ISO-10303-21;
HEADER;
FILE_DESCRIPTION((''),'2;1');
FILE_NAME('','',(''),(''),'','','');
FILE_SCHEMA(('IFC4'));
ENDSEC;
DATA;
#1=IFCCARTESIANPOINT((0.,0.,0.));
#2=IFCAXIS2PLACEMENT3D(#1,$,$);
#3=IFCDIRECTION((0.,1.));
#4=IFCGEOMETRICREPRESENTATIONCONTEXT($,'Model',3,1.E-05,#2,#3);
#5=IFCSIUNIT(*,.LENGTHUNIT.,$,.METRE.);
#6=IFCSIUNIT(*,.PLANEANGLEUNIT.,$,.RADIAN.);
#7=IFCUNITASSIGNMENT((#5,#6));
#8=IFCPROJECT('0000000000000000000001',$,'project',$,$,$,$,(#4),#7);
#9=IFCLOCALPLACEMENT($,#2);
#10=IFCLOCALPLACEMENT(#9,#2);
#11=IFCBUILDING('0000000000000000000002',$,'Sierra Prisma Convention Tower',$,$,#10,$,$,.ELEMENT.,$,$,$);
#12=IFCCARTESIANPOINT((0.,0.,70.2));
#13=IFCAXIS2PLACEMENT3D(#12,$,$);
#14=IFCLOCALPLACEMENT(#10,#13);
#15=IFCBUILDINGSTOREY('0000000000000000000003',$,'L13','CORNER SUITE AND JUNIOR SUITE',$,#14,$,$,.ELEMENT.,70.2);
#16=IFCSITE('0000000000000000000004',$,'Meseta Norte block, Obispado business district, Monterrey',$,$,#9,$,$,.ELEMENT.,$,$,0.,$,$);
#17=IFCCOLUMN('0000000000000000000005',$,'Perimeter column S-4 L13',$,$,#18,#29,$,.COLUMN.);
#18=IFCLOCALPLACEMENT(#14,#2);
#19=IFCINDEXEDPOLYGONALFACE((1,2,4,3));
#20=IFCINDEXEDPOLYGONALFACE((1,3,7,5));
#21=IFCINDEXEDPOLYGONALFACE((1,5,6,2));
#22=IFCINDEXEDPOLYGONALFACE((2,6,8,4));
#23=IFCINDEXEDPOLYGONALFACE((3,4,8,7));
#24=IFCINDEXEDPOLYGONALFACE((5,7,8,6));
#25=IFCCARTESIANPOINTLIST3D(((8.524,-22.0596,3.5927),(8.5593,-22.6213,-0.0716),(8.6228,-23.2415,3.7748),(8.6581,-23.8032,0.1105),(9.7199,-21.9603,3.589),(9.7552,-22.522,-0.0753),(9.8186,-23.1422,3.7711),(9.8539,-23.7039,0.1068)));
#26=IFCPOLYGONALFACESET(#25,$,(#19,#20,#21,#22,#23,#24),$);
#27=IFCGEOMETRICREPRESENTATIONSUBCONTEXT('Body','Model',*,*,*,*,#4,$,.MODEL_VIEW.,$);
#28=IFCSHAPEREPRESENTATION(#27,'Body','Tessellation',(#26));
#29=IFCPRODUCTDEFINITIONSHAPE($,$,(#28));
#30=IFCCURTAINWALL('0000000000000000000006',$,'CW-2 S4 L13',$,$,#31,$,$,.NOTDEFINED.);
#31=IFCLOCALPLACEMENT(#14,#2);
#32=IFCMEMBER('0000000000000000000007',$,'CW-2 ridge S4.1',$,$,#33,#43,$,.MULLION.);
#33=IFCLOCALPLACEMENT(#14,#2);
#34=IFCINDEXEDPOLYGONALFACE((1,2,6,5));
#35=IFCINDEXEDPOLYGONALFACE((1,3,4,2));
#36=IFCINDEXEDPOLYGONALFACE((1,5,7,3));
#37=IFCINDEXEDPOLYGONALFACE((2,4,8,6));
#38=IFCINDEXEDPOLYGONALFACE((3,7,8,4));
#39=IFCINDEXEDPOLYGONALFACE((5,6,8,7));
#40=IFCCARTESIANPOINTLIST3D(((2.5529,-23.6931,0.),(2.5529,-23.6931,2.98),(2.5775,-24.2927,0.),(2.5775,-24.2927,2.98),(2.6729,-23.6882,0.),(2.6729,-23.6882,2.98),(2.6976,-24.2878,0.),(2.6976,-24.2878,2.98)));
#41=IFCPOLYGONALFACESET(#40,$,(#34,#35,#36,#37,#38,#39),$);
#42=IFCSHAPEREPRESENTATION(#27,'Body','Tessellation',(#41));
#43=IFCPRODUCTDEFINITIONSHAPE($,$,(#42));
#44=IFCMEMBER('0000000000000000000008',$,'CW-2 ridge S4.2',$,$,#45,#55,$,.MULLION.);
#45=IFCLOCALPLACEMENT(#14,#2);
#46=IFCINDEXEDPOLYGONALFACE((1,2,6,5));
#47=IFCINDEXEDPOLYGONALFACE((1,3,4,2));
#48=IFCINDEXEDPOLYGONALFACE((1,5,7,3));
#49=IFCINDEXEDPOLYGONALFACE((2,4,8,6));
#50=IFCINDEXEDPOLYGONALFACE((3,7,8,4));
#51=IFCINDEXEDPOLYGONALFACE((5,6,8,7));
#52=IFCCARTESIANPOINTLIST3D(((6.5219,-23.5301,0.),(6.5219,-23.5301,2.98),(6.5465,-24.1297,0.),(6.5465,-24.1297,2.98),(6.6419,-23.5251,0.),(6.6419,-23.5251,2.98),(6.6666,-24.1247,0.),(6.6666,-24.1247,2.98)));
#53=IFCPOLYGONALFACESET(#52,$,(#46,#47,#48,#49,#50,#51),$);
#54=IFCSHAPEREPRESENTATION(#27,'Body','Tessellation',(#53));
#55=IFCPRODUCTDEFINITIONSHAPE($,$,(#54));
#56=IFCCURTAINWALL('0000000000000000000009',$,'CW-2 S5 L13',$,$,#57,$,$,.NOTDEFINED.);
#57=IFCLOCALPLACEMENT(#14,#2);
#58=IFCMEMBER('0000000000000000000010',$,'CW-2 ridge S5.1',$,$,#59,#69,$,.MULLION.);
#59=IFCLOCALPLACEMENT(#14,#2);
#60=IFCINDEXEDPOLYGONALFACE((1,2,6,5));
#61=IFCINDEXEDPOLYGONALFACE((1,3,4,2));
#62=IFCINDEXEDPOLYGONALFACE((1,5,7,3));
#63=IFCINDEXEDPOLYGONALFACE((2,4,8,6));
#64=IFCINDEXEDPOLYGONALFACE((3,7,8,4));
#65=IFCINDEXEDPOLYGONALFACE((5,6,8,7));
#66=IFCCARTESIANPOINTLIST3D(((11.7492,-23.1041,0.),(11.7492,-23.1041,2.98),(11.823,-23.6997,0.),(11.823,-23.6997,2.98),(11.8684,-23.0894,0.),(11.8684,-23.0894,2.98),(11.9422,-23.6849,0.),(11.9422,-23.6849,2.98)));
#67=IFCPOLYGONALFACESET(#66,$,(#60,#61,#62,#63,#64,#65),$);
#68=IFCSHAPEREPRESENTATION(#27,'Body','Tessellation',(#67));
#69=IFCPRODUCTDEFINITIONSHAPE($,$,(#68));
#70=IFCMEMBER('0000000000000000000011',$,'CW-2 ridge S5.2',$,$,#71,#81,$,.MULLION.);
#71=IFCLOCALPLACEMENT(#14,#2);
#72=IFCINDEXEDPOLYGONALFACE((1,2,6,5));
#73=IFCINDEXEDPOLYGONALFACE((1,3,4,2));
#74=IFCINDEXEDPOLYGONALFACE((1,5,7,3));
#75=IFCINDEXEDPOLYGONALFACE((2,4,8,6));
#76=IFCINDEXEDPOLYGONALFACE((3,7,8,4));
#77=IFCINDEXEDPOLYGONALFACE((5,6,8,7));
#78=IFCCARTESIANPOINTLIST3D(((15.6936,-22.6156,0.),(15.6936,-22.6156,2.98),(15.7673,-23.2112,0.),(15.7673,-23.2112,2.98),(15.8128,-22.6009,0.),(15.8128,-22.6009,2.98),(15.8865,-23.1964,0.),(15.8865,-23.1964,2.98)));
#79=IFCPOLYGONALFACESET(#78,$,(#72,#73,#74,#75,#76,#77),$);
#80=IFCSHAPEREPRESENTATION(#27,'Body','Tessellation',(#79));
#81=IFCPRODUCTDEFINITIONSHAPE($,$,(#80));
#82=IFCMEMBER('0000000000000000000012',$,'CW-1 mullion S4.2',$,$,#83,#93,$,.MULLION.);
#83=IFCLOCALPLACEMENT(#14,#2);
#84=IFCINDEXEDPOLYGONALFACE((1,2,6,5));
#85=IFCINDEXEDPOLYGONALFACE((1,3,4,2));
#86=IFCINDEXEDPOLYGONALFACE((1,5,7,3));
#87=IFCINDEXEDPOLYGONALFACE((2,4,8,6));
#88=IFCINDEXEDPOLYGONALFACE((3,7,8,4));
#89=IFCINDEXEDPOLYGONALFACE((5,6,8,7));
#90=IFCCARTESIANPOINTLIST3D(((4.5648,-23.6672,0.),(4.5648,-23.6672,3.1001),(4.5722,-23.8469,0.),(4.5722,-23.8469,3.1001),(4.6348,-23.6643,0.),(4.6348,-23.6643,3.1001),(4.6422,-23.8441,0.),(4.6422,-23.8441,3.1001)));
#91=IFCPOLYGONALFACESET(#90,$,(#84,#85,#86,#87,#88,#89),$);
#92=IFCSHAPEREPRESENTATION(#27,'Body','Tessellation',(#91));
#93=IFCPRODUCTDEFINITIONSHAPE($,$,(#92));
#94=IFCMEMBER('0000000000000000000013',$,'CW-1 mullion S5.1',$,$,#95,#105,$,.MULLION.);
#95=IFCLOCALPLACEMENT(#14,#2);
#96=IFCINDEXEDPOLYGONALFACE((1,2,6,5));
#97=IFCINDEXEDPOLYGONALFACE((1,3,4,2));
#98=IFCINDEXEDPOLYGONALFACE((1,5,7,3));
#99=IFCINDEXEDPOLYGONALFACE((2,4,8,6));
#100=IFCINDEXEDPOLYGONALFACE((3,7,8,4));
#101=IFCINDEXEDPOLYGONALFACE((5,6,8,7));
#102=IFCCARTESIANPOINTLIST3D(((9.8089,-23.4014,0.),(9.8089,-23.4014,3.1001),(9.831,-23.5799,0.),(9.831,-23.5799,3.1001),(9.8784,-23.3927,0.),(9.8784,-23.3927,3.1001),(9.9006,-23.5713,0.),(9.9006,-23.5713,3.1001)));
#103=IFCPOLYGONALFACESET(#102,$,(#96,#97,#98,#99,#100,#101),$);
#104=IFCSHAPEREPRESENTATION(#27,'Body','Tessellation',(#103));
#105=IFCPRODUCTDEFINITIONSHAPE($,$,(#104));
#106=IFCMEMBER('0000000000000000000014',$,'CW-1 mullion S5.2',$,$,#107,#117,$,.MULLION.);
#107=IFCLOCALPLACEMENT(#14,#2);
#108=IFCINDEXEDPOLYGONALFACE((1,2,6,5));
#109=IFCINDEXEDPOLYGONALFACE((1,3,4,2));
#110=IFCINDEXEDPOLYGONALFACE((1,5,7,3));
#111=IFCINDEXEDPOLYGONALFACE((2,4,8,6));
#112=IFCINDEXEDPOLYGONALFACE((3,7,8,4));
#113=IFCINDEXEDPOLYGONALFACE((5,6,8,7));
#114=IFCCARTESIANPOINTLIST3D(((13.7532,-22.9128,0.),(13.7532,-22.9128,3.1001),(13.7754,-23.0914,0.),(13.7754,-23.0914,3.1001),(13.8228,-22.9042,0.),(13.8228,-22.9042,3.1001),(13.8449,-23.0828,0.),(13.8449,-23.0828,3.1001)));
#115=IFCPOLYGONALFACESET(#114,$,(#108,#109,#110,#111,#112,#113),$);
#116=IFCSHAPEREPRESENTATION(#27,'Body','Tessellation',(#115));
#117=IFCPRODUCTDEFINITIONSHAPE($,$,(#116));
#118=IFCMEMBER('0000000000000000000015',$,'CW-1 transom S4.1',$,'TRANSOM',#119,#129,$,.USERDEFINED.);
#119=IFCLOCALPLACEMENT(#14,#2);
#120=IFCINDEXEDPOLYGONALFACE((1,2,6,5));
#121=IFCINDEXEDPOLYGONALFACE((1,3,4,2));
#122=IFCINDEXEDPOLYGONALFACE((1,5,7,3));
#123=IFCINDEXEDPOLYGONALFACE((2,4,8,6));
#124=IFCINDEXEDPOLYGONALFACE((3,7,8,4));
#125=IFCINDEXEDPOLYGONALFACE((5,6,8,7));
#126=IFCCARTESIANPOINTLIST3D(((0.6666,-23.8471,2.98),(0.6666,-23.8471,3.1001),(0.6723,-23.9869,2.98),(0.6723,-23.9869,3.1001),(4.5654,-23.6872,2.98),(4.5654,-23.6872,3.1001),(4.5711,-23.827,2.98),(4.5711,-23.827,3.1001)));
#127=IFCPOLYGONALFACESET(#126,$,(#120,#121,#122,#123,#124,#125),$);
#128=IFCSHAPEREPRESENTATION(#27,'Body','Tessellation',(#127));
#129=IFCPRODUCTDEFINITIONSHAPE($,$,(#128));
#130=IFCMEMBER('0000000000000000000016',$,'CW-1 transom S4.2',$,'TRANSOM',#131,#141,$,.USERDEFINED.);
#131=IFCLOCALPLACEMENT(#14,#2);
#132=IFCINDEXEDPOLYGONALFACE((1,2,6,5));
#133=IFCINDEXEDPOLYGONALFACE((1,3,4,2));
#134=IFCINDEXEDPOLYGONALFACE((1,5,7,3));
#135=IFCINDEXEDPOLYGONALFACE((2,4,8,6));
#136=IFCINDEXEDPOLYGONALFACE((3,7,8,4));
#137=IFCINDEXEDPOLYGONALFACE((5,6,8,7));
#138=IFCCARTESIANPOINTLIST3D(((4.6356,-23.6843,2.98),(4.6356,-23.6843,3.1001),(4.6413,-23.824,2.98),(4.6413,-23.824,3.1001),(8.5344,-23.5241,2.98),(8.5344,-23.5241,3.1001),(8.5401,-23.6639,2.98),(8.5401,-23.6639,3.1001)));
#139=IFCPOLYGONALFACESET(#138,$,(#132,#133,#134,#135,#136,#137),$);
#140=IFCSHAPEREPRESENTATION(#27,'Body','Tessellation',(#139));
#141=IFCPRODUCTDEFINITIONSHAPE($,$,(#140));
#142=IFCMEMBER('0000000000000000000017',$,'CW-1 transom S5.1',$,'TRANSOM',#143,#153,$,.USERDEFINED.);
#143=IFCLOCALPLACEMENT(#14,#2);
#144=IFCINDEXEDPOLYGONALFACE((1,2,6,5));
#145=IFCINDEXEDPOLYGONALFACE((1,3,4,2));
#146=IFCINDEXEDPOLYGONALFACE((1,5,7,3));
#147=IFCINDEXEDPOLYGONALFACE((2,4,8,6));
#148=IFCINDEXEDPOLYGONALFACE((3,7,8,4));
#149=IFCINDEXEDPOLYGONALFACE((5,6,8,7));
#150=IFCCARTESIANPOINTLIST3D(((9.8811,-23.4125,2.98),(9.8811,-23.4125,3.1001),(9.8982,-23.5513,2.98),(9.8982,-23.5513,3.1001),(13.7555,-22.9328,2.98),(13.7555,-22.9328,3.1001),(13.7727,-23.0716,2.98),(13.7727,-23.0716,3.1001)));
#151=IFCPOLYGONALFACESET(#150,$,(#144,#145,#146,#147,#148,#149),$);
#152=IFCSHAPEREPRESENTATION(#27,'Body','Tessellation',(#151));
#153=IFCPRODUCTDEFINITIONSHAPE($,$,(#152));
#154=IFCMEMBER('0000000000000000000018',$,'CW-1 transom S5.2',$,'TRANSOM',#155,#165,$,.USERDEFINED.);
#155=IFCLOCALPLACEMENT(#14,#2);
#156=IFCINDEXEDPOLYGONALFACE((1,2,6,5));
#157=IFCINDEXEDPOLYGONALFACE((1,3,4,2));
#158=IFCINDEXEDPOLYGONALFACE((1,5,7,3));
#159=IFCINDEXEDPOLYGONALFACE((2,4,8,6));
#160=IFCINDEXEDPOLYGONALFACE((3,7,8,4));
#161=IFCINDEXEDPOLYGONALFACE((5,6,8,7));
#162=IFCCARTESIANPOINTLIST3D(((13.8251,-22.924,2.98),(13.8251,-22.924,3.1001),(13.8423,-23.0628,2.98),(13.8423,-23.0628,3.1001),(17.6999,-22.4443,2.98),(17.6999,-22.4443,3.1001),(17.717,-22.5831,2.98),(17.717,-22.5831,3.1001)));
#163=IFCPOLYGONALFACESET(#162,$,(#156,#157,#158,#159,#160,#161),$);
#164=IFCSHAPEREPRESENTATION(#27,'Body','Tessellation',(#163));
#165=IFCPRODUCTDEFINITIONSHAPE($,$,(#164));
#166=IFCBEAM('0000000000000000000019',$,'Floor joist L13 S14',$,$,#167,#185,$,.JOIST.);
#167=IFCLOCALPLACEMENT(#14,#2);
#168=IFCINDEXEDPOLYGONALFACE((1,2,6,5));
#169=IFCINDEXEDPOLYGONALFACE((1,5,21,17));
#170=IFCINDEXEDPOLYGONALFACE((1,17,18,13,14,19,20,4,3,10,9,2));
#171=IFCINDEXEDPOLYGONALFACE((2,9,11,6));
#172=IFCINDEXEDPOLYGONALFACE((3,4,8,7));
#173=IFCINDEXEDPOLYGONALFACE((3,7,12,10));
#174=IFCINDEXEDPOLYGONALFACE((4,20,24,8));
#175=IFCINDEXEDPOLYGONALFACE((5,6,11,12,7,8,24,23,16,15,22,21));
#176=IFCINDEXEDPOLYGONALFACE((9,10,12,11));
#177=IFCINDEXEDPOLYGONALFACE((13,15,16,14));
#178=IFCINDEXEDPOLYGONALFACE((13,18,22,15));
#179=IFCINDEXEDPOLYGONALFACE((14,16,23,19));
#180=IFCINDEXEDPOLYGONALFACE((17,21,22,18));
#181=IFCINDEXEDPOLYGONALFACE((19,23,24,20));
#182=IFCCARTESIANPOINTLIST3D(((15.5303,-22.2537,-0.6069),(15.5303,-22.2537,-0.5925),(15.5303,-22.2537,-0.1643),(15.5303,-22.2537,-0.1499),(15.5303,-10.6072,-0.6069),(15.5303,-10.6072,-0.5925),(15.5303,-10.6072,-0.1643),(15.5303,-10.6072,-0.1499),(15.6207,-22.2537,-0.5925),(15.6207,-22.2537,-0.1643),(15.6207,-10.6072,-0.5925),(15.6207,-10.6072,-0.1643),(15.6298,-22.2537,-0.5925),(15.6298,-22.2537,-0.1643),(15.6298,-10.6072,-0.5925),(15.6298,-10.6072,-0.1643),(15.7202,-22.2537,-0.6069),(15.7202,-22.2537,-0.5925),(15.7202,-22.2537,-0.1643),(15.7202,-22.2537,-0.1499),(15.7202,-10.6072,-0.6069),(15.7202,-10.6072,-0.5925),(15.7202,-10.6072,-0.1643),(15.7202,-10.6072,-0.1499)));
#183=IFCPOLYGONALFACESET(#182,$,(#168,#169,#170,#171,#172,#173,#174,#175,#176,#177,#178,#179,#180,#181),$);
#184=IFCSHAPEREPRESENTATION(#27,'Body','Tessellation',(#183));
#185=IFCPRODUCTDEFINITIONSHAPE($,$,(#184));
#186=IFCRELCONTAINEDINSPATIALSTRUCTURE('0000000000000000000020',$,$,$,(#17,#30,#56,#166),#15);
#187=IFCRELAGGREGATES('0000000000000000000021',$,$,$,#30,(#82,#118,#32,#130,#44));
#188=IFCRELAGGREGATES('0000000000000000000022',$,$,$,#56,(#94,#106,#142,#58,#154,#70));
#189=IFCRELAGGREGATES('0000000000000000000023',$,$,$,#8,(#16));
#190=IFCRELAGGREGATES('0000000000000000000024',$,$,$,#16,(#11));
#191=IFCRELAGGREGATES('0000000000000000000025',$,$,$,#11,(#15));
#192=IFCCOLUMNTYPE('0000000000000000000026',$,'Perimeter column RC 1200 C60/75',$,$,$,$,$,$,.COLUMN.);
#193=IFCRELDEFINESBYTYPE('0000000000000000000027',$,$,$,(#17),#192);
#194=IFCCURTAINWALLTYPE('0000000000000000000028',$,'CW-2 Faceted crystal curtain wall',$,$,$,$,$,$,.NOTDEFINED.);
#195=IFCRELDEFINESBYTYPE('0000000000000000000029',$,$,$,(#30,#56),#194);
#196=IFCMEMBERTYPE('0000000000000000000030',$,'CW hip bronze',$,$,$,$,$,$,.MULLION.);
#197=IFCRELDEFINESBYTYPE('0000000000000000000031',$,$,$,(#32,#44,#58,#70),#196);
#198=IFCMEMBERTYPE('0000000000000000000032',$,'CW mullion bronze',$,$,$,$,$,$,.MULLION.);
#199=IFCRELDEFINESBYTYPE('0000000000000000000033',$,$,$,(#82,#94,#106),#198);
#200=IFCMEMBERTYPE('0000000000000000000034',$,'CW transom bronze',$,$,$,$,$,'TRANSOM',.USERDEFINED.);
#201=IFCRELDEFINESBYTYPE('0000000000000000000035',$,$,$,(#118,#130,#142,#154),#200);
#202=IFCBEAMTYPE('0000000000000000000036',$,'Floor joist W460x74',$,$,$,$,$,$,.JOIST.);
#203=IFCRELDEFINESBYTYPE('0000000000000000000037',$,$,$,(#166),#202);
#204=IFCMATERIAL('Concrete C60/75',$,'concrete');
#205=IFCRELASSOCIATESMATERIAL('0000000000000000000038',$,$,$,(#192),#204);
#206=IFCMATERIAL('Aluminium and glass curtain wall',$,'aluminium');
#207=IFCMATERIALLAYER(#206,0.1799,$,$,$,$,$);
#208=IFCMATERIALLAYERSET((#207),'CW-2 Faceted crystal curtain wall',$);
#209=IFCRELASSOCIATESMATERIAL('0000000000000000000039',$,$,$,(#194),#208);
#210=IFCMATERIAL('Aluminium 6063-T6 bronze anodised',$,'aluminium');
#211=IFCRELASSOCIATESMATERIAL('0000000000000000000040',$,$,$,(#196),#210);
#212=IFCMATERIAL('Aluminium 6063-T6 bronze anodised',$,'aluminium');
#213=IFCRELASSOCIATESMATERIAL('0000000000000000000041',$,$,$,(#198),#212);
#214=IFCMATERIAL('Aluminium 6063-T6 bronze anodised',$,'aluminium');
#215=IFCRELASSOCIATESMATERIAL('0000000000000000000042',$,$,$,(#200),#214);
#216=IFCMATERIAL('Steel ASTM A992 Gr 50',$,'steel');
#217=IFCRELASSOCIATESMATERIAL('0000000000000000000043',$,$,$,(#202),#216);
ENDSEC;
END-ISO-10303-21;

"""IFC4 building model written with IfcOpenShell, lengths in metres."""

from ifc_helpers import new_model, si_unit, direction, frame, origin, origin_2d, place, context, subcontext, project, spatial, rectangle, i_section, extrude, clip, halfspace, material, layer, layer_set, material_profile, profile_set, type_object, element, aggregate, save


model = new_model("IFC4")

# Units and contexts
model_context = context("Model", 3, precision=1e-05, world=origin(), true_north=direction((0.0, 1.0)))
body_context = subcontext(model_context, "Body", "Model", "MODEL_VIEW")
ifc_project = project(units=[si_unit("LENGTHUNIT", "METRE"), si_unit("PLANEANGLEUNIT", "RADIAN")], contexts=[model_context])

# Site, building, storey
site_placement = place(None, origin())
site = spatial("IfcSite", under=ifc_project, at=site_placement, Name="Meseta Norte block, Obispado business district, Monterrey", CompositionType="ELEMENT", RefElevation=0.0)
building_placement = place(site_placement, origin())
building = spatial("IfcBuilding", under=site, at=building_placement, Name="Sierra Prisma Convention Tower", CompositionType="ELEMENT")
storey_placement = place(building_placement, frame((0.0, 0.0, 70.2)))
storey = spatial("IfcBuildingStorey", under=building, at=storey_placement, Name="L13", Description="CORNER SUITE AND JUNIOR SUITE", CompositionType="ELEMENT", Elevation=70.2)

# Column
ifc_material_1 = material(Name="Concrete C60/75", Category="concrete")
ifc_material_profile_1 = material_profile(ifc_material_1, rectangle(XDim=1.2, YDim=1.2, at=origin_2d()), Name="Perimeter column RC 1200 C60/75")
ifc_profile_set_1 = profile_set([ifc_material_profile_1], Name="Concrete C60/75")
column_type = type_object("IfcColumnType", Name="Perimeter column RC 1200 C60/75", PredefinedType="COLUMN", material=ifc_profile_set_1)
column_1_placement = place(storey_placement, frame((9.2068, -23.1653, 0.0), z_axis=(-0.009522, 0.151506, 0.98841), x_axis=(0.996564, 0.082766, -0.003086)))
element("IfcColumn", 1, at=column_1_placement, inside=storey, type_object=column_type, Name="Perimeter column S-4 L13", PredefinedType="COLUMN", context=body_context, shape_type="SweptSolid", body=[
    clip(clip(extrude(rectangle(XDim=1.2, YDim=1.2, at=origin_2d()), origin(), (0.0, 0.0, 1.0), 3.7434), halfspace(frame((0.0, 0.0, 0.0178)), True)), halfspace(frame((0.0, 0.0, 3.7251)), False)),
])

# Curtain walls, members
ifc_material_2 = material(Name="Aluminium and glass curtain wall", Category="aluminium")
ifc_layer_1 = layer(ifc_material_2, 0.1799)
ifc_layer_set_1 = layer_set([ifc_layer_1], Name="CW-2 Faceted crystal curtain wall")
curtain_wall_type = type_object("IfcCurtainWallType", Name="CW-2 Faceted crystal curtain wall", PredefinedType="NOTDEFINED", material=ifc_layer_set_1)
curtain_wall_1_placement = place(storey_placement, origin())
curtain_wall_1 = element("IfcCurtainWall", 2, at=curtain_wall_1_placement, inside=storey, type_object=curtain_wall_type, Name="CW-2 S4 L13", PredefinedType="NOTDEFINED")
ifc_material_3 = material(Name="Aluminium 6063-T6 bronze anodised", Category="aluminium")
ifc_material_profile_2 = material_profile(ifc_material_3, rectangle(XDim=0.1201, YDim=0.6001, at=origin_2d()), Name="ALU RIDGE BLADE 120x600")
ifc_profile_set_2 = profile_set([ifc_material_profile_2], Name="Aluminium 6063-T6 bronze anodised")
member_type_1 = type_object("IfcMemberType", Name="CW hip bronze", PredefinedType="MULLION", material=ifc_profile_set_2)
member_1_placement = place(storey_placement, frame((2.6252, -23.9905, 0.0), z_axis=(0.0, 0.0, 1.0), x_axis=(0.999158, 0.041027, 0.0)))
member_1 = element("IfcMember", 3, at=member_1_placement, type_object=member_type_1, Name="CW-2 ridge S4.1", PredefinedType="MULLION", context=body_context, shape_type="SweptSolid", body=[
    extrude(rectangle(XDim=0.1201, YDim=0.6001, at=origin_2d()), origin(), (0.0, 0.0, 1.0), 2.98),
])
member_2_placement = place(storey_placement, frame((6.5942, -23.8274, 0.0), z_axis=(0.0, 0.0, 1.0), x_axis=(0.999158, 0.041027, 0.0)))
member_2 = element("IfcMember", 4, at=member_2_placement, type_object=member_type_1, Name="CW-2 ridge S4.2", PredefinedType="MULLION", context=body_context, shape_type="SweptSolid", body=[
    extrude(rectangle(XDim=0.1201, YDim=0.6001, at=origin_2d()), origin(), (0.0, 0.0, 1.0), 2.98),
])
curtain_wall_2_placement = place(storey_placement, origin())
curtain_wall_2 = element("IfcCurtainWall", 5, at=curtain_wall_2_placement, inside=storey, type_object=curtain_wall_type, Name="CW-2 S5 L13", PredefinedType="NOTDEFINED")
member_3_placement = place(storey_placement, frame((11.8457, -23.3945, 0.0), z_axis=(0.0, 0.0, 1.0), x_axis=(0.992419, 0.122903, 0.0)))
member_3 = element("IfcMember", 6, at=member_3_placement, type_object=member_type_1, Name="CW-2 ridge S5.1", PredefinedType="MULLION", context=body_context, shape_type="SweptSolid", body=[
    extrude(rectangle(XDim=0.1201, YDim=0.6001, at=origin_2d()), origin(), (0.0, 0.0, 1.0), 2.98),
])
member_4_placement = place(storey_placement, frame((15.79, -22.906, 0.0), z_axis=(0.0, 0.0, 1.0), x_axis=(0.992419, 0.122903, 0.0)))
member_4 = element("IfcMember", 7, at=member_4_placement, type_object=member_type_1, Name="CW-2 ridge S5.2", PredefinedType="MULLION", context=body_context, shape_type="SweptSolid", body=[
    extrude(rectangle(XDim=0.1201, YDim=0.6001, at=origin_2d()), origin(), (0.0, 0.0, 1.0), 2.98),
])

# Members
ifc_material_4 = material(Name="Aluminium 6063-T6 bronze anodised", Category="aluminium")
ifc_material_profile_3 = material_profile(ifc_material_4, rectangle(XDim=0.1799, YDim=0.0701, at=origin_2d()), Name="ALU MULLION 70x180")
ifc_profile_set_3 = profile_set([ifc_material_profile_3], Name="Aluminium 6063-T6 bronze anodised")
member_type_2 = type_object("IfcMemberType", Name="CW mullion bronze", PredefinedType="MULLION", material=ifc_profile_set_3)
member_5_placement = place(storey_placement, frame((4.6035, -23.7556, 0.0), z_axis=(0.0, 0.0, 1.0), x_axis=(-0.041027, 0.999158, 0.0)))
member_5 = element("IfcMember", 8, at=member_5_placement, type_object=member_type_2, Name="CW-1 mullion S4.2", PredefinedType="MULLION", context=body_context, shape_type="SweptSolid", body=[
    extrude(rectangle(XDim=0.1799, YDim=0.0701, at=origin_2d()), origin(), (0.0, 0.0, 1.0), 3.1001),
])
member_6_placement = place(storey_placement, frame((9.8547, -23.4863, 0.0), z_axis=(0.0, 0.0, 1.0), x_axis=(-0.122903, 0.992419, 0.0)))
member_6 = element("IfcMember", 9, at=member_6_placement, type_object=member_type_2, Name="CW-1 mullion S5.1", PredefinedType="MULLION", context=body_context, shape_type="SweptSolid", body=[
    extrude(rectangle(XDim=0.1799, YDim=0.0701, at=origin_2d()), origin(), (0.0, 0.0, 1.0), 3.1001),
])
member_7_placement = place(storey_placement, frame((13.7991, -22.9978, 0.0), z_axis=(0.0, 0.0, 1.0), x_axis=(-0.122903, 0.992419, 0.0)))
member_7 = element("IfcMember", 10, at=member_7_placement, type_object=member_type_2, Name="CW-1 mullion S5.2", PredefinedType="MULLION", context=body_context, shape_type="SweptSolid", body=[
    extrude(rectangle(XDim=0.1799, YDim=0.0701, at=origin_2d()), origin(), (0.0, 0.0, 1.0), 3.1001),
])
ifc_material_5 = material(Name="Aluminium 6063-T6 bronze anodised", Category="aluminium")
ifc_material_profile_4 = material_profile(ifc_material_5, rectangle(XDim=0.1399, YDim=0.1201, at=origin_2d()), Name="ALU TRANSOM 120x140")
ifc_profile_set_4 = profile_set([ifc_material_profile_4], Name="Aluminium 6063-T6 bronze anodised")
member_type_3 = type_object("IfcMemberType", Name="CW transom bronze", ElementType="TRANSOM", PredefinedType="USERDEFINED", material=ifc_profile_set_4)
member_8_placement = place(storey_placement, frame((0.6694, -23.917, 3.04), z_axis=(0.99916, 0.04098, 0.0), x_axis=(-0.04098, 0.99916, 0.0)))
member_8 = element("IfcMember", 11, at=member_8_placement, type_object=member_type_3, Name="CW-1 transom S4.1", ObjectType="TRANSOM", PredefinedType="USERDEFINED", context=body_context, shape_type="SweptSolid", body=[
    extrude(rectangle(XDim=0.1399, YDim=0.1201, at=origin_2d()), origin(), (0.0, 0.0, 1.0), 3.9021),
])
member_9_placement = place(storey_placement, frame((4.6384, -23.7542, 3.04), z_axis=(0.999157, 0.041042, 0.0), x_axis=(-0.041042, 0.999157, 0.0)))
member_9 = element("IfcMember", 12, at=member_9_placement, type_object=member_type_3, Name="CW-1 transom S4.2", ObjectType="TRANSOM", PredefinedType="USERDEFINED", context=body_context, shape_type="SweptSolid", body=[
    extrude(rectangle(XDim=0.1399, YDim=0.1201, at=origin_2d()), origin(), (0.0, 0.0, 1.0), 3.9021),
])
member_10_placement = place(storey_placement, frame((9.8896, -23.4819, 3.04), z_axis=(0.992422, 0.12288, 0.0), x_axis=(-0.12288, 0.992422, 0.0)))
member_10 = element("IfcMember", 13, at=member_10_placement, type_object=member_type_3, Name="CW-1 transom S5.1", ObjectType="TRANSOM", PredefinedType="USERDEFINED", context=body_context, shape_type="SweptSolid", body=[
    extrude(rectangle(XDim=0.1399, YDim=0.1201, at=origin_2d()), origin(), (0.0, 0.0, 1.0), 3.9041),
])
member_11_placement = place(storey_placement, frame((13.8337, -22.9934, 3.04), z_axis=(0.992422, 0.122873, 0.0), x_axis=(-0.122873, 0.992422, 0.0)))
member_11 = element("IfcMember", 14, at=member_11_placement, type_object=member_type_3, Name="CW-1 transom S5.2", ObjectType="TRANSOM", PredefinedType="USERDEFINED", context=body_context, shape_type="SweptSolid", body=[
    extrude(rectangle(XDim=0.1399, YDim=0.1201, at=origin_2d()), origin(), (0.0, 0.0, 1.0), 3.9043),
])

# Beam
ifc_material_6 = material(Name="Steel ASTM A992 Gr 50", Category="steel")
ifc_material_profile_5 = material_profile(ifc_material_6, i_section(OverallWidth=0.1899, OverallDepth=0.457, WebThickness=0.009, FlangeThickness=0.0144, at=origin_2d()), Name="W460x74")
ifc_profile_set_5 = profile_set([ifc_material_profile_5], Name="Steel ASTM A992 Gr 50")
beam_type_1 = type_object("IfcBeamType", Name="Floor joist W460x74", PredefinedType="JOIST", material=ifc_profile_set_5)
beam_1_placement = place(storey_placement, frame((15.6252, -22.2537, -0.3784), z_axis=(0.0, 1.0, 0.0), x_axis=(-1.0, 0.0, 0.0)))
element("IfcBeam", 15, at=beam_1_placement, inside=storey, type_object=beam_type_1, Name="Floor joist L13 S14", PredefinedType="JOIST", context=body_context, shape_type="SweptSolid", body=[
    extrude(i_section(OverallWidth=0.1899, OverallDepth=0.457, WebThickness=0.009, FlangeThickness=0.0144, at=origin_2d()), origin(), (0.0, 0.0, 1.0), 11.6465),
])

aggregate(curtain_wall_1, [member_5, member_8, member_1, member_9, member_2])
aggregate(curtain_wall_2, [member_6, member_7, member_10, member_3, member_11, member_4])

save(model, "model.ifc")
